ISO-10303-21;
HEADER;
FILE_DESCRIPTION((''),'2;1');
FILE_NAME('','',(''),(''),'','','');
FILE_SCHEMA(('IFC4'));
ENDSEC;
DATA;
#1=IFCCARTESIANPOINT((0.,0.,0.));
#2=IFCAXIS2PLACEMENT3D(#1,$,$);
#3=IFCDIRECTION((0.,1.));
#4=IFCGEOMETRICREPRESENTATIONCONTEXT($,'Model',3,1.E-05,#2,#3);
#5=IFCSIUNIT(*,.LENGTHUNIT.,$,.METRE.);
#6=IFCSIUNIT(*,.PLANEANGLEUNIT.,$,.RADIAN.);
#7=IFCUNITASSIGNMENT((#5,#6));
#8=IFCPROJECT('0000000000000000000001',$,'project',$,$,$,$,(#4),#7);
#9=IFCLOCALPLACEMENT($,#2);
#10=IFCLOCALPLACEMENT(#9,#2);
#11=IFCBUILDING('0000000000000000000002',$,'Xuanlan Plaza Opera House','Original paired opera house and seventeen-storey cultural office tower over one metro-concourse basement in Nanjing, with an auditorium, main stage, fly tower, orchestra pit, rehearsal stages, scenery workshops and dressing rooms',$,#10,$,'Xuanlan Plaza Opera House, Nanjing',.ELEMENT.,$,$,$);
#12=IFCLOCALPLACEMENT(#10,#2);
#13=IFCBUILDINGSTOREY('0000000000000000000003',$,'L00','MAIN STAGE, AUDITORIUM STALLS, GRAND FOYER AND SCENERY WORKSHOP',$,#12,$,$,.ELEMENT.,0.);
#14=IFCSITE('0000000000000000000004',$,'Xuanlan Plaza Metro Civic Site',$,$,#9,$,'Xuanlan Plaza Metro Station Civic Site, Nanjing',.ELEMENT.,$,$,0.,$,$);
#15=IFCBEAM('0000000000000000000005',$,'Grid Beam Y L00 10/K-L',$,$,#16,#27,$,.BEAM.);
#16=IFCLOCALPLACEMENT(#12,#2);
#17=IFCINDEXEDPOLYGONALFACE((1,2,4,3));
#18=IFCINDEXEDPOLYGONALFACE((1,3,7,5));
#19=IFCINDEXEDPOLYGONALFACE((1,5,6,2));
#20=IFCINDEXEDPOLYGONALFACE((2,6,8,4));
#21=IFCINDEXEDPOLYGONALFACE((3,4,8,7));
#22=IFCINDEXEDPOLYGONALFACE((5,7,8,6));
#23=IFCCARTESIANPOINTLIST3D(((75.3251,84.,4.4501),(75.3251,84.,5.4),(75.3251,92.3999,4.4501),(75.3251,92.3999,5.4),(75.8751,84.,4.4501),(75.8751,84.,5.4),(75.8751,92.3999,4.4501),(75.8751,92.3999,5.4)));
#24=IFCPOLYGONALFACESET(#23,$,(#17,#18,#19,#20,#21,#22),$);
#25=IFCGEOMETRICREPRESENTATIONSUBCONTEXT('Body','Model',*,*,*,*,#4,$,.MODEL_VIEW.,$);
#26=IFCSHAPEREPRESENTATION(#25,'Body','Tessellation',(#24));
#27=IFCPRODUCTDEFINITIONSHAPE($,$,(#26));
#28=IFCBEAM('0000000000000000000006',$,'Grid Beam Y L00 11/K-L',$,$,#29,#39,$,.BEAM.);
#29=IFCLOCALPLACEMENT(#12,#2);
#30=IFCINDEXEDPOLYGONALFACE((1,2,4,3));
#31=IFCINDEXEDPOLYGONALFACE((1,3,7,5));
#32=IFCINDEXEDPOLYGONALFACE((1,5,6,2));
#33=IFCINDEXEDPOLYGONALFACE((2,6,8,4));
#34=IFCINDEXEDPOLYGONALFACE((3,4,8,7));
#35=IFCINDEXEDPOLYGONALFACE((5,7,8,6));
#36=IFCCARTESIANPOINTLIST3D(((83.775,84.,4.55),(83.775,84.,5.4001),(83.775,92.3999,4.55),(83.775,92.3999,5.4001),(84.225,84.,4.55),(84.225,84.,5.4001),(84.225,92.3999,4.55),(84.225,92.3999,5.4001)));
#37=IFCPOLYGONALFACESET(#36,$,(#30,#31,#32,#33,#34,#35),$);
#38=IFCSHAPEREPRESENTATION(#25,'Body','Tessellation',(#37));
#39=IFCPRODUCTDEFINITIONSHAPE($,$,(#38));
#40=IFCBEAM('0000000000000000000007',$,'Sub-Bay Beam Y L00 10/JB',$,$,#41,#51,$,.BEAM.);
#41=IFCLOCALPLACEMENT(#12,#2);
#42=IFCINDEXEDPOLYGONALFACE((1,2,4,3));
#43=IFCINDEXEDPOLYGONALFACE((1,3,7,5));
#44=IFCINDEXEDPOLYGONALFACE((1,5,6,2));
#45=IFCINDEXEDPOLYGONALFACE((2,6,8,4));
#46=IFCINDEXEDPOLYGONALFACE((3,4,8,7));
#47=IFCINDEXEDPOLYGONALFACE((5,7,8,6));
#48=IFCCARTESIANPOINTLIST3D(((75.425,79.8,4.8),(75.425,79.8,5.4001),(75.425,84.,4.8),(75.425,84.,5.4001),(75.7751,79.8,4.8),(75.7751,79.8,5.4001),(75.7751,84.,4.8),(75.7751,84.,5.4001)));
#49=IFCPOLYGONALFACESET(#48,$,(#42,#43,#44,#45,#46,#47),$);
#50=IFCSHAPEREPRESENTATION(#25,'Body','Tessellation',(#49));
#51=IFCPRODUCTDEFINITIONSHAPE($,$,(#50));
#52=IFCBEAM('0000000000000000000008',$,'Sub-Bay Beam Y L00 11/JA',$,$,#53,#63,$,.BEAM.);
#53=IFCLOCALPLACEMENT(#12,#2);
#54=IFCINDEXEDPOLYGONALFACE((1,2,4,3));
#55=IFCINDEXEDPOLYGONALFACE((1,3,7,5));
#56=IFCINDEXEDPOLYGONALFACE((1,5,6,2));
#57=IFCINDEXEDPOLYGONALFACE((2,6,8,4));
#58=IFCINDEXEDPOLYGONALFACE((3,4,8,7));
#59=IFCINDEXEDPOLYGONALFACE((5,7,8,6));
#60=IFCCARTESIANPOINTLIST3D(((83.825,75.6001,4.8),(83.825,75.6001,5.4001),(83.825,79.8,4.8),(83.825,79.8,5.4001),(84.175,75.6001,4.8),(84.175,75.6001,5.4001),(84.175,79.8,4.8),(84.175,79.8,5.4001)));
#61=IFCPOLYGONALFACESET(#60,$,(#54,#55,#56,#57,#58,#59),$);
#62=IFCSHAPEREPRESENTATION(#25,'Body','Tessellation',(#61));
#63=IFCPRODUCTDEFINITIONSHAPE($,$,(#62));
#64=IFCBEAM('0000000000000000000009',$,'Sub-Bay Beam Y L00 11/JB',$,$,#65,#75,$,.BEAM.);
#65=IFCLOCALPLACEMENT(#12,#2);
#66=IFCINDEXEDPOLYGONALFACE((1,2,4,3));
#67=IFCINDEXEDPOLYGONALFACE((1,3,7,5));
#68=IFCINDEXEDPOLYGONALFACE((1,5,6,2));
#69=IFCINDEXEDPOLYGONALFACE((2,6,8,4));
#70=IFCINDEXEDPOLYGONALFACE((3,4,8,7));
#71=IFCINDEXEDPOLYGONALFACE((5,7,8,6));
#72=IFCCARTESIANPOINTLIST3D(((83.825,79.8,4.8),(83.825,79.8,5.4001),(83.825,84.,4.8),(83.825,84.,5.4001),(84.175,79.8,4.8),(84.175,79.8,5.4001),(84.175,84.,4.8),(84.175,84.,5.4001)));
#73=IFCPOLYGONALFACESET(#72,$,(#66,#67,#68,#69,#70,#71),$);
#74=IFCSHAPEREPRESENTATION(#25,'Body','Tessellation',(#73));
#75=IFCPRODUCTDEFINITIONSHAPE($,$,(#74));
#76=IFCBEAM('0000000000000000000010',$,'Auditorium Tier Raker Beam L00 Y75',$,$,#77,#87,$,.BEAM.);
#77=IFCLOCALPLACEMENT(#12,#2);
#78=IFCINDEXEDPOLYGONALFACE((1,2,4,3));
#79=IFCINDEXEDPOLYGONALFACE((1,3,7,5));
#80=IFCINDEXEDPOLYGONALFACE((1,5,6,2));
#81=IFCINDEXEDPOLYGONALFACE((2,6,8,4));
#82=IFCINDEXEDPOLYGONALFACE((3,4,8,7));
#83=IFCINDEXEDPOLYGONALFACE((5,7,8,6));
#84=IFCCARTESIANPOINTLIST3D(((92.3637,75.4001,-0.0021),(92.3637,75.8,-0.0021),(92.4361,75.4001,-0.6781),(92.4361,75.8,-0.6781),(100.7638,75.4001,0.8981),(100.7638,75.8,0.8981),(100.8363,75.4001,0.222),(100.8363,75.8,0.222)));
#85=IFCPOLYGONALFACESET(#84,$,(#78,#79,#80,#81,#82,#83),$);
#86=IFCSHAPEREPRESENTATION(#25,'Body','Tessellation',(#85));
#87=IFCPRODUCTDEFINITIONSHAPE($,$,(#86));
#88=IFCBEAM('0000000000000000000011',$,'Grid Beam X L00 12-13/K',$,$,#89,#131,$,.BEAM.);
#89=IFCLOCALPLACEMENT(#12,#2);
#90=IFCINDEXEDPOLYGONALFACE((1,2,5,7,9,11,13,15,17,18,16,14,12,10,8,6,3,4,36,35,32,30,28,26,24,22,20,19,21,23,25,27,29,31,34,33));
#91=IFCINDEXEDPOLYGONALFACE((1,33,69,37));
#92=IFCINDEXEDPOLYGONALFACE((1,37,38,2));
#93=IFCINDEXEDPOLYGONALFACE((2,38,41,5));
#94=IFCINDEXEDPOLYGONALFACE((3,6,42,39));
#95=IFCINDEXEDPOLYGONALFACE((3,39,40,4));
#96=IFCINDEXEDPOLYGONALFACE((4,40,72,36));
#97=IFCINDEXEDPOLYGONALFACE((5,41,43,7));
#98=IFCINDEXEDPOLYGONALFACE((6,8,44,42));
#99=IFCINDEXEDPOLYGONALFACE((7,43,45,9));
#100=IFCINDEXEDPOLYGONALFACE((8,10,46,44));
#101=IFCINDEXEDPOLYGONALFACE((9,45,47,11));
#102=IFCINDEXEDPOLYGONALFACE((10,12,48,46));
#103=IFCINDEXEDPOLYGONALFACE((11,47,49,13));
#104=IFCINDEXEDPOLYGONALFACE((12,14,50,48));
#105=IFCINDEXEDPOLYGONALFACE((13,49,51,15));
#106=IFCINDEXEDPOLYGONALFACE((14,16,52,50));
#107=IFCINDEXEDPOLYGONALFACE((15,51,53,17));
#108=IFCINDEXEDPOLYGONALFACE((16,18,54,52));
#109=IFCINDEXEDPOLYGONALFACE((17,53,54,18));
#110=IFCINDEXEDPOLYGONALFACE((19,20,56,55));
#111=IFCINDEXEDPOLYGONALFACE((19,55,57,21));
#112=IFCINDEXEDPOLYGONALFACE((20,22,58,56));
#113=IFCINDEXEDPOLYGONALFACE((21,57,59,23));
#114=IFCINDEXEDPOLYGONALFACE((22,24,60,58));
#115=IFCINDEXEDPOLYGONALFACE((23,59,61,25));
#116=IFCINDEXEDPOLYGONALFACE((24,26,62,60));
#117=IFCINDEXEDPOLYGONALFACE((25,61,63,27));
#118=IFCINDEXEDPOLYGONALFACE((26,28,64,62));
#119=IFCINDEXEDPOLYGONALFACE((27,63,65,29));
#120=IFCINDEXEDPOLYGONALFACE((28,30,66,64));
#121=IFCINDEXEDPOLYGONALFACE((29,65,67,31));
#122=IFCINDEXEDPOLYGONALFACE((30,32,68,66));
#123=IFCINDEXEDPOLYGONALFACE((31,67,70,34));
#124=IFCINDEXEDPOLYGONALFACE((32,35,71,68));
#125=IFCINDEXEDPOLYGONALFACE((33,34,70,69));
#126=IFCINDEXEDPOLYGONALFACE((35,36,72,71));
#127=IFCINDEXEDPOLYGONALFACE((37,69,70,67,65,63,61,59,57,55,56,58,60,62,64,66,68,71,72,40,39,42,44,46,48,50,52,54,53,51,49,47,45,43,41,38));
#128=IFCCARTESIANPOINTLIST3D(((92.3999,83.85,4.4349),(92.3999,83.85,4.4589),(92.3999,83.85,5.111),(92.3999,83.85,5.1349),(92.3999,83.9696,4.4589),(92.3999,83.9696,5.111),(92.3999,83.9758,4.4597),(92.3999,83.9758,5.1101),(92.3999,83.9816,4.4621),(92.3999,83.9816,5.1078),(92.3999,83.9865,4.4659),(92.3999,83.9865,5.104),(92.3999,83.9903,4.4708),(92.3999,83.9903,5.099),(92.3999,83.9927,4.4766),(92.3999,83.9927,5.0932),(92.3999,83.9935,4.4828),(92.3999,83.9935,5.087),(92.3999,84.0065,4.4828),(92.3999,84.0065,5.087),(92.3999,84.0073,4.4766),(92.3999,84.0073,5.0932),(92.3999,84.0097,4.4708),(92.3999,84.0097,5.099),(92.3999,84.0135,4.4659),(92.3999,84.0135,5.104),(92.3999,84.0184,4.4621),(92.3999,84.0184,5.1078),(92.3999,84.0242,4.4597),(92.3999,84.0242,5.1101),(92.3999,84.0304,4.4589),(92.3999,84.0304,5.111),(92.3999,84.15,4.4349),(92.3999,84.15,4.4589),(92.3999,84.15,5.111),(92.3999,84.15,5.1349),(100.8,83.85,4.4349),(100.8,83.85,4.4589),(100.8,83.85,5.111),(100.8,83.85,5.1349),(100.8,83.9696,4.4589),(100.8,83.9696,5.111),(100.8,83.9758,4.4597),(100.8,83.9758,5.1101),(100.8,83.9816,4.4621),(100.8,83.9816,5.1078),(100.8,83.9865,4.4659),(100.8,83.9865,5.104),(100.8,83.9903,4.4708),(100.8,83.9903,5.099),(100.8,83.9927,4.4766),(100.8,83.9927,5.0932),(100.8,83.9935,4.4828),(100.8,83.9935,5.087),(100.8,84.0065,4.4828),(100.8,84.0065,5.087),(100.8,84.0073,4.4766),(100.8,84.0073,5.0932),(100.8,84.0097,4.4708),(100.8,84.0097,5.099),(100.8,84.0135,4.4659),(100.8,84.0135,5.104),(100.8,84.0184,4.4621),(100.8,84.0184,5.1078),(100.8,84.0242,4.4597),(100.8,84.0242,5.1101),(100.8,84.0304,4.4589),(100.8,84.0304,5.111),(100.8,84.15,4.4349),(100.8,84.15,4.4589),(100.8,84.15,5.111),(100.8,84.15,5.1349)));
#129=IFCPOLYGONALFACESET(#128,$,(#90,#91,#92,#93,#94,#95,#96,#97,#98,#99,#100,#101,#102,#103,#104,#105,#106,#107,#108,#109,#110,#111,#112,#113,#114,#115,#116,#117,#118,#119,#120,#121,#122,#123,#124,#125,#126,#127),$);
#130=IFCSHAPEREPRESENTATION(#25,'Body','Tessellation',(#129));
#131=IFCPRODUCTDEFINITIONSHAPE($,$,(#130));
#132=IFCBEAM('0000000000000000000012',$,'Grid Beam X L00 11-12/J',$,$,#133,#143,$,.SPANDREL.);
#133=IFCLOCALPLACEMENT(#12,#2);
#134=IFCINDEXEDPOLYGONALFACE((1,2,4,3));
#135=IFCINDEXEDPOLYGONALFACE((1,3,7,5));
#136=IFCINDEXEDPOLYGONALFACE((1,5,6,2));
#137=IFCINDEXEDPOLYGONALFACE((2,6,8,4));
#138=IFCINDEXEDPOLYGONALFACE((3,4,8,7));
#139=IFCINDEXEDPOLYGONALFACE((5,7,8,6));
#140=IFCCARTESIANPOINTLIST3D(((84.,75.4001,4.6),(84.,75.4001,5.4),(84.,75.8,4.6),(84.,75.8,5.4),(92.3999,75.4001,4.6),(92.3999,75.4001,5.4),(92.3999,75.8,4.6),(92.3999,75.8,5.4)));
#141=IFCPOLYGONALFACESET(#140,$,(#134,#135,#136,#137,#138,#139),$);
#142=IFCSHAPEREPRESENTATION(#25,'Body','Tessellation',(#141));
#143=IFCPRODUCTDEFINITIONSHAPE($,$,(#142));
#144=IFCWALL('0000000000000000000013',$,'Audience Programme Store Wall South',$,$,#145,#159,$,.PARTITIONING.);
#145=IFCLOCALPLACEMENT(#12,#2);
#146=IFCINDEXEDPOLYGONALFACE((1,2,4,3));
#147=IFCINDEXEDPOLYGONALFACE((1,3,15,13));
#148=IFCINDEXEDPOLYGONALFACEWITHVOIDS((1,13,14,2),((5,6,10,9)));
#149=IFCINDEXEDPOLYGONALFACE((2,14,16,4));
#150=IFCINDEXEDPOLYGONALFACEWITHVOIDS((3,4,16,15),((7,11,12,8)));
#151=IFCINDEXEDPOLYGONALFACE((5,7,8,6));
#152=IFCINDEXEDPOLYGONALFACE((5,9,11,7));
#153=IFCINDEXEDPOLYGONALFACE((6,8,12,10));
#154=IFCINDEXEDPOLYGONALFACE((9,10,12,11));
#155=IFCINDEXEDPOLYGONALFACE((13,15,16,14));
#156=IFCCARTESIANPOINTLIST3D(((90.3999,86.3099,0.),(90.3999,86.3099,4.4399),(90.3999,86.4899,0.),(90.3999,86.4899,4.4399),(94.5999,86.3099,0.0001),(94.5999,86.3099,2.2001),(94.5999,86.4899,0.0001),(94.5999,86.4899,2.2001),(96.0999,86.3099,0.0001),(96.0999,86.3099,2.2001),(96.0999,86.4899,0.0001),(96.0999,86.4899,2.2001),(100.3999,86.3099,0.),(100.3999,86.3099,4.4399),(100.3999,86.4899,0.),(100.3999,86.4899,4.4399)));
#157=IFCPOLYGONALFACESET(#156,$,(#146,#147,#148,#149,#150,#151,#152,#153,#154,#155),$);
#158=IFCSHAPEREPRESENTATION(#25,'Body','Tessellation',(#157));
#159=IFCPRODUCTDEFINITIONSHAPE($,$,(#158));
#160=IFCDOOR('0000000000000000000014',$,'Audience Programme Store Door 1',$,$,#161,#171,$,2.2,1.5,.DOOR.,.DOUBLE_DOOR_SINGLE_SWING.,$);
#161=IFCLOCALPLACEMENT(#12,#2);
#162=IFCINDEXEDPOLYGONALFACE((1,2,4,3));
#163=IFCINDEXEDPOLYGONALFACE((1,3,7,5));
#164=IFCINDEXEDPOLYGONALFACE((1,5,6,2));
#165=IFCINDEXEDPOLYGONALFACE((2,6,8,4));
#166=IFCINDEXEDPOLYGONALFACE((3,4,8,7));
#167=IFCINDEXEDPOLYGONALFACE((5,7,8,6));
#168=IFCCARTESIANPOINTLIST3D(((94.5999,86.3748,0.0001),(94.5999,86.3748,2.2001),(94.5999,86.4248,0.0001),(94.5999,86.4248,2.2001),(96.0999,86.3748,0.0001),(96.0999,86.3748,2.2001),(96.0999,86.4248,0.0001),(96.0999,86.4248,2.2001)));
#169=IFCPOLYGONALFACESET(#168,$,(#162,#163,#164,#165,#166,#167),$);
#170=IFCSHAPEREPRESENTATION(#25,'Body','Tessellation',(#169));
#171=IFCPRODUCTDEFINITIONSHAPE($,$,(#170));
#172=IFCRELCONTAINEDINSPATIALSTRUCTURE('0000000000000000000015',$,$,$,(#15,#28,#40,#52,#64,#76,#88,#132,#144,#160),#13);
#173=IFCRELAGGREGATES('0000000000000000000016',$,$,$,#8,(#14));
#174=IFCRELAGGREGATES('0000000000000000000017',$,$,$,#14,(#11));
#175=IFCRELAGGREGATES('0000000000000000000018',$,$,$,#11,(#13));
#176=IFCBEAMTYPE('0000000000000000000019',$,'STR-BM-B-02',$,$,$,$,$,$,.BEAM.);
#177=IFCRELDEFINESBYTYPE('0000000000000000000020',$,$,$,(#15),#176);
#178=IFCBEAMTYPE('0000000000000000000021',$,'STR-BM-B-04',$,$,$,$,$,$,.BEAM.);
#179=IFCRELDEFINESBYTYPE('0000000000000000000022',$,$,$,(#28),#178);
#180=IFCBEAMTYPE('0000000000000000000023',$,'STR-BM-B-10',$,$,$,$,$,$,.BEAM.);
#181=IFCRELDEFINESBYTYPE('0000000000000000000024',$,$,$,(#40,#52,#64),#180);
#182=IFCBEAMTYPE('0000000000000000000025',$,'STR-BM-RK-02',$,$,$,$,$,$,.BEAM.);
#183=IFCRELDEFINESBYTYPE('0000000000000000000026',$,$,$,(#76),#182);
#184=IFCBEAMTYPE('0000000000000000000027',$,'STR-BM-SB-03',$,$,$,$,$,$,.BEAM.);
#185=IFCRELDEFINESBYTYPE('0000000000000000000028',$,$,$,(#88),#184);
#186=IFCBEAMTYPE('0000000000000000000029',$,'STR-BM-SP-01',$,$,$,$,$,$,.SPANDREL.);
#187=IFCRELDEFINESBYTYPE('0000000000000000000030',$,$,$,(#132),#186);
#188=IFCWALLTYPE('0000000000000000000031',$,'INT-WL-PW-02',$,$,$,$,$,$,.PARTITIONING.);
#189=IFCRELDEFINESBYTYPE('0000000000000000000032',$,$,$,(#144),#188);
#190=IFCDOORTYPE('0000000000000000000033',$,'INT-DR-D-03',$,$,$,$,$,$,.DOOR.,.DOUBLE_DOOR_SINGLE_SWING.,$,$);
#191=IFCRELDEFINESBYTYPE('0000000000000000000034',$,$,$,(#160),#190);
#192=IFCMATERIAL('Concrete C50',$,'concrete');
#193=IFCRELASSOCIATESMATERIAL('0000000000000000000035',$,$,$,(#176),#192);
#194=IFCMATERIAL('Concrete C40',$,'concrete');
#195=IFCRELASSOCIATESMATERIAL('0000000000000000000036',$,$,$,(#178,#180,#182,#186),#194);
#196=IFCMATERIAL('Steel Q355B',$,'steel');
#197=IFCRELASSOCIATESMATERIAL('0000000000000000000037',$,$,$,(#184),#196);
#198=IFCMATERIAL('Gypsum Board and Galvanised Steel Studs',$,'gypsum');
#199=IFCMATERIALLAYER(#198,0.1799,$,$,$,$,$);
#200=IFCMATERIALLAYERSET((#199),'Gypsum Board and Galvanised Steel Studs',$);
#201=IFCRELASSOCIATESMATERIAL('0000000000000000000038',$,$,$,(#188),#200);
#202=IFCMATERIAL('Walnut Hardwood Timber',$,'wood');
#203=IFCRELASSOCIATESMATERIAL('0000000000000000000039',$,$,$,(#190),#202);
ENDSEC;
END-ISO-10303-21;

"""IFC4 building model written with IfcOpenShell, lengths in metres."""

from ifc_helpers import new_model, si_unit, direction, frame, frame_2d, origin, origin_2d, place, context, subcontext, project, spatial, rectangle, i_section, extrude, material, layer, layer_set, material_profile, profile_set, type_object, element, fill, save


model = new_model("IFC4")

# Units and contexts
model_context = context("Model", 3, precision=1e-05, world=origin(), true_north=direction((0.0, 1.0)))
body_context = subcontext(model_context, "Body", "Model", "MODEL_VIEW")
ifc_project = project(units=[si_unit("LENGTHUNIT", "METRE"), si_unit("PLANEANGLEUNIT", "RADIAN")], contexts=[model_context])

# Site, building, storey
site_placement = place(None, origin())
site = spatial("IfcSite", under=ifc_project, at=site_placement, Name="Xuanlan Plaza Metro Civic Site", LongName="Xuanlan Plaza Metro Station Civic Site, Nanjing", CompositionType="ELEMENT", RefElevation=0.0)
building_placement = place(site_placement, origin())
building = spatial("IfcBuilding", under=site, at=building_placement, Name="Xuanlan Plaza Opera House", Description="Original paired opera house and seventeen-storey cultural office tower over one metro-concourse basement in Nanjing, with an auditorium, main stage, fly tower, orchestra pit, rehearsal stages, scenery workshops and dressing rooms", LongName="Xuanlan Plaza Opera House, Nanjing", CompositionType="ELEMENT")
storey_placement = place(building_placement, origin())
storey = spatial("IfcBuildingStorey", under=building, at=storey_placement, Name="L00", Description="MAIN STAGE, AUDITORIUM STALLS, GRAND FOYER AND SCENERY WORKSHOP", CompositionType="ELEMENT", Elevation=0.0)

# Shared definitions
ifc_material_1 = material(Name="Concrete C50", Category="concrete")
ifc_material_2 = material(Name="Concrete C40", Category="concrete")

# Beams
ifc_material_profile_1 = material_profile(ifc_material_1, rectangle(XDim=0.55, YDim=0.95, at=origin_2d()), Name="RC-BM 550x950")
ifc_profile_set_1 = profile_set([ifc_material_profile_1], Name="Concrete C50")
beam_type_1 = type_object("IfcBeamType", Name="STR-BM-B-02", PredefinedType="BEAM", material=ifc_profile_set_1)
for number, where, z_axis, x_axis, name in (
    (1, (75.6001, 84.0, 4.925), (0.0, 1.0, 0.0), (-1.0, 0.0, 0.0), "Grid Beam Y L00 10/K-L"),
):
    element("IfcBeam", number, at=place(storey_placement, frame(where, z_axis=z_axis, x_axis=x_axis)), inside=storey, type_object=beam_type_1, Name=name, PredefinedType="BEAM", context=body_context, shape_type="SweptSolid", body=[
        extrude(rectangle(XDim=0.55, YDim=0.95, at=origin_2d()), origin(), (0.0, 0.0, 1.0), 8.3999),
    ])
ifc_material_profile_2 = material_profile(ifc_material_2, rectangle(XDim=0.45, YDim=0.8501, at=origin_2d()), Name="RC-BM 450x850")
ifc_profile_set_2 = profile_set([ifc_material_profile_2], Name="Concrete C40")
beam_type_2 = type_object("IfcBeamType", Name="STR-BM-B-04", PredefinedType="BEAM", material=ifc_profile_set_2)
beam_1_placement = place(storey_placement, frame((84.0, 84.0, 4.9751), z_axis=(0.0, 1.0, 0.0), x_axis=(-1.0, 0.0, 0.0)))
element("IfcBeam", 2, at=beam_1_placement, inside=storey, type_object=beam_type_2, Name="Grid Beam Y L00 11/K-L", PredefinedType="BEAM", context=body_context, shape_type="SweptSolid", body=[
    extrude(rectangle(XDim=0.45, YDim=0.8501, at=origin_2d()), origin(), (0.0, 0.0, 1.0), 8.3999),
])
ifc_material_profile_3 = material_profile(ifc_material_2, rectangle(XDim=0.3501, YDim=0.6001, at=origin_2d()), Name="RC-BM 350x600")
ifc_profile_set_3 = profile_set([ifc_material_profile_3], Name="Concrete C40")
beam_type_3 = type_object("IfcBeamType", Name="STR-BM-B-10", PredefinedType="BEAM", material=ifc_profile_set_3)
for number, where, z_axis, x_axis, name in (
    (3, (75.6001, 79.8, 5.1001), (0.0, 1.0, 0.0), (-1.0, 0.0, 0.0), "Sub-Bay Beam Y L00 10/JB"),
    (4, (84.0, 75.6001, 5.1001), (0.0, 1.0, 0.0), (-1.0, 0.0, 0.0), "Sub-Bay Beam Y L00 11/JA"),
    (5, (84.0, 79.8, 5.1001), (0.0, 1.0, 0.0), (-1.0, 0.0, 0.0), "Sub-Bay Beam Y L00 11/JB"),
):
    element("IfcBeam", number, at=place(storey_placement, frame(where, z_axis=z_axis, x_axis=x_axis)), inside=storey, type_object=beam_type_3, Name=name, PredefinedType="BEAM", context=body_context, shape_type="SweptSolid", body=[
        extrude(rectangle(XDim=0.3501, YDim=0.6001, at=origin_2d()), origin(), (0.0, 0.0, 1.0), 4.2),
    ])
ifc_material_profile_4 = material_profile(ifc_material_2, rectangle(XDim=0.3999, YDim=0.6799, at=origin_2d()), Name="RC-RKR 400x680")
ifc_profile_set_4 = profile_set([ifc_material_profile_4], Name="Concrete C40")
beam_type_4 = type_object("IfcBeamType", Name="STR-BM-RK-02", PredefinedType="BEAM", material=ifc_profile_set_4)
beam_2_placement = place(storey_placement, frame((92.3999, 75.6001, -0.3401), z_axis=(0.994308, 0.0, 0.106548), x_axis=(0.0, 1.0, 0.0)))
element("IfcBeam", 6, at=beam_2_placement, inside=storey, type_object=beam_type_4, Name="Auditorium Tier Raker Beam L00 Y75", PredefinedType="BEAM", context=body_context, shape_type="SweptSolid", body=[
    extrude(rectangle(XDim=0.3999, YDim=0.6799, at=origin_2d()), origin(), (0.0, 0.0, 1.0), 8.4482),
])
ifc_material_3 = material(Name="Steel Q355B", Category="steel")
ifc_material_profile_5 = material_profile(ifc_material_3, i_section(OverallWidth=0.3, OverallDepth=0.7, WebThickness=0.0129, FlangeThickness=0.0239, FilletRadius=0.0239, at=origin_2d()), Name="HN 700x300x13x24")
ifc_profile_set_5 = profile_set([ifc_material_profile_5], Name="Steel Q355B")
beam_type_5 = type_object("IfcBeamType", Name="STR-BM-SB-03", PredefinedType="BEAM", material=ifc_profile_set_5)
beam_3_placement = place(storey_placement, frame((92.3999, 84.0, 4.7849), z_axis=(1.0, 0.0, 0.0), x_axis=(0.0, 1.0, 0.0)))
element("IfcBeam", 7, at=beam_3_placement, inside=storey, type_object=beam_type_5, Name="Grid Beam X L00 12-13/K", PredefinedType="BEAM", context=body_context, shape_type="SweptSolid", body=[
    extrude(i_section(OverallWidth=0.3, OverallDepth=0.7, WebThickness=0.0129, FlangeThickness=0.0239, FilletRadius=0.0239, at=origin_2d()), origin(), (0.0, 0.0, 1.0), 8.4001),
])
ifc_material_profile_6 = material_profile(ifc_material_2, rectangle(XDim=0.3999, YDim=0.8, at=origin_2d()), Name="RC-SPD 400x800")
ifc_profile_set_6 = profile_set([ifc_material_profile_6], Name="Concrete C40")
beam_type_6 = type_object("IfcBeamType", Name="STR-BM-SP-01", PredefinedType="SPANDREL", material=ifc_profile_set_6)
beam_4_placement = place(storey_placement, frame((84.0, 75.6001, 5.0), z_axis=(1.0, 0.0, 0.0), x_axis=(0.0, 1.0, 0.0)))
element("IfcBeam", 8, at=beam_4_placement, inside=storey, type_object=beam_type_6, Name="Grid Beam X L00 11-12/J", PredefinedType="SPANDREL", context=body_context, shape_type="SweptSolid", body=[
    extrude(rectangle(XDim=0.3999, YDim=0.8, at=origin_2d()), origin(), (0.0, 0.0, 1.0), 8.3999),
])

# Wall, opening, door
ifc_material_4 = material(Name="Gypsum Board and Galvanised Steel Studs", Category="gypsum")
ifc_layer_1 = layer(ifc_material_4, 0.1799)
ifc_layer_set_1 = layer_set([ifc_layer_1], Name="Gypsum Board and Galvanised Steel Studs")
wall_type_1 = type_object("IfcWallType", Name="INT-WL-PW-02", PredefinedType="PARTITIONING", material=ifc_layer_set_1)
wall_1_placement = place(storey_placement, frame((90.3999, 86.3999, 0.0), z_axis=(0.0, 0.0, 1.0), x_axis=(1.0, 0.0, 0.0)))
wall_1 = element("IfcWall", 9, at=wall_1_placement, inside=storey, type_object=wall_type_1, Name="Audience Programme Store Wall South", PredefinedType="PARTITIONING", context=body_context, shape_type="SweptSolid", body=[
    extrude(rectangle(XDim=10.0, YDim=0.1799, at=frame_2d((5.0, 0.0))), origin(), (0.0, 0.0, 1.0), 4.4399),
])
opening_1_placement = place(wall_1_placement, frame((4.2, 0.0, 0.0)))
opening_1 = element("IfcOpeningElement", 10, at=opening_1_placement, cuts=wall_1, PredefinedType="OPENING", context=body_context, shape_type="SweptSolid", body=[
    extrude(rectangle(XDim=1.5, YDim=2.2, at=frame_2d((0.75, 1.1001))), frame((0.0, 0.0999, 0.0), z_axis=(0.0, -1.0, 0.0), x_axis=(1.0, 0.0, 0.0)), (0.0, 0.0, 1.0), 0.2),
])
ifc_material_5 = material(Name="Walnut Hardwood Timber", Category="wood")
door_type_1 = type_object("IfcDoorType", Name="INT-DR-D-03", OperationType="DOUBLE_DOOR_SINGLE_SWING", PredefinedType="DOOR", material=ifc_material_5)
door_1_placement = place(opening_1_placement, origin())
door_1 = element("IfcDoor", 11, at=door_1_placement, inside=storey, type_object=door_type_1, Name="Audience Programme Store Door 1", OperationType="DOUBLE_DOOR_SINGLE_SWING", OverallHeight=2.2, OverallWidth=1.5, PredefinedType="DOOR", context=body_context, shape_type="SweptSolid", body=[
    extrude(rectangle(XDim=1.5, YDim=2.2, at=frame_2d((0.75, 1.1001))), frame((0.0, 0.0249, 0.0), z_axis=(0.0, -1.0, 0.0), x_axis=(1.0, 0.0, 0.0)), (0.0, 0.0, 1.0), 0.05),
])
fill(opening_1, door_1)

save(model, "model.ifc")
